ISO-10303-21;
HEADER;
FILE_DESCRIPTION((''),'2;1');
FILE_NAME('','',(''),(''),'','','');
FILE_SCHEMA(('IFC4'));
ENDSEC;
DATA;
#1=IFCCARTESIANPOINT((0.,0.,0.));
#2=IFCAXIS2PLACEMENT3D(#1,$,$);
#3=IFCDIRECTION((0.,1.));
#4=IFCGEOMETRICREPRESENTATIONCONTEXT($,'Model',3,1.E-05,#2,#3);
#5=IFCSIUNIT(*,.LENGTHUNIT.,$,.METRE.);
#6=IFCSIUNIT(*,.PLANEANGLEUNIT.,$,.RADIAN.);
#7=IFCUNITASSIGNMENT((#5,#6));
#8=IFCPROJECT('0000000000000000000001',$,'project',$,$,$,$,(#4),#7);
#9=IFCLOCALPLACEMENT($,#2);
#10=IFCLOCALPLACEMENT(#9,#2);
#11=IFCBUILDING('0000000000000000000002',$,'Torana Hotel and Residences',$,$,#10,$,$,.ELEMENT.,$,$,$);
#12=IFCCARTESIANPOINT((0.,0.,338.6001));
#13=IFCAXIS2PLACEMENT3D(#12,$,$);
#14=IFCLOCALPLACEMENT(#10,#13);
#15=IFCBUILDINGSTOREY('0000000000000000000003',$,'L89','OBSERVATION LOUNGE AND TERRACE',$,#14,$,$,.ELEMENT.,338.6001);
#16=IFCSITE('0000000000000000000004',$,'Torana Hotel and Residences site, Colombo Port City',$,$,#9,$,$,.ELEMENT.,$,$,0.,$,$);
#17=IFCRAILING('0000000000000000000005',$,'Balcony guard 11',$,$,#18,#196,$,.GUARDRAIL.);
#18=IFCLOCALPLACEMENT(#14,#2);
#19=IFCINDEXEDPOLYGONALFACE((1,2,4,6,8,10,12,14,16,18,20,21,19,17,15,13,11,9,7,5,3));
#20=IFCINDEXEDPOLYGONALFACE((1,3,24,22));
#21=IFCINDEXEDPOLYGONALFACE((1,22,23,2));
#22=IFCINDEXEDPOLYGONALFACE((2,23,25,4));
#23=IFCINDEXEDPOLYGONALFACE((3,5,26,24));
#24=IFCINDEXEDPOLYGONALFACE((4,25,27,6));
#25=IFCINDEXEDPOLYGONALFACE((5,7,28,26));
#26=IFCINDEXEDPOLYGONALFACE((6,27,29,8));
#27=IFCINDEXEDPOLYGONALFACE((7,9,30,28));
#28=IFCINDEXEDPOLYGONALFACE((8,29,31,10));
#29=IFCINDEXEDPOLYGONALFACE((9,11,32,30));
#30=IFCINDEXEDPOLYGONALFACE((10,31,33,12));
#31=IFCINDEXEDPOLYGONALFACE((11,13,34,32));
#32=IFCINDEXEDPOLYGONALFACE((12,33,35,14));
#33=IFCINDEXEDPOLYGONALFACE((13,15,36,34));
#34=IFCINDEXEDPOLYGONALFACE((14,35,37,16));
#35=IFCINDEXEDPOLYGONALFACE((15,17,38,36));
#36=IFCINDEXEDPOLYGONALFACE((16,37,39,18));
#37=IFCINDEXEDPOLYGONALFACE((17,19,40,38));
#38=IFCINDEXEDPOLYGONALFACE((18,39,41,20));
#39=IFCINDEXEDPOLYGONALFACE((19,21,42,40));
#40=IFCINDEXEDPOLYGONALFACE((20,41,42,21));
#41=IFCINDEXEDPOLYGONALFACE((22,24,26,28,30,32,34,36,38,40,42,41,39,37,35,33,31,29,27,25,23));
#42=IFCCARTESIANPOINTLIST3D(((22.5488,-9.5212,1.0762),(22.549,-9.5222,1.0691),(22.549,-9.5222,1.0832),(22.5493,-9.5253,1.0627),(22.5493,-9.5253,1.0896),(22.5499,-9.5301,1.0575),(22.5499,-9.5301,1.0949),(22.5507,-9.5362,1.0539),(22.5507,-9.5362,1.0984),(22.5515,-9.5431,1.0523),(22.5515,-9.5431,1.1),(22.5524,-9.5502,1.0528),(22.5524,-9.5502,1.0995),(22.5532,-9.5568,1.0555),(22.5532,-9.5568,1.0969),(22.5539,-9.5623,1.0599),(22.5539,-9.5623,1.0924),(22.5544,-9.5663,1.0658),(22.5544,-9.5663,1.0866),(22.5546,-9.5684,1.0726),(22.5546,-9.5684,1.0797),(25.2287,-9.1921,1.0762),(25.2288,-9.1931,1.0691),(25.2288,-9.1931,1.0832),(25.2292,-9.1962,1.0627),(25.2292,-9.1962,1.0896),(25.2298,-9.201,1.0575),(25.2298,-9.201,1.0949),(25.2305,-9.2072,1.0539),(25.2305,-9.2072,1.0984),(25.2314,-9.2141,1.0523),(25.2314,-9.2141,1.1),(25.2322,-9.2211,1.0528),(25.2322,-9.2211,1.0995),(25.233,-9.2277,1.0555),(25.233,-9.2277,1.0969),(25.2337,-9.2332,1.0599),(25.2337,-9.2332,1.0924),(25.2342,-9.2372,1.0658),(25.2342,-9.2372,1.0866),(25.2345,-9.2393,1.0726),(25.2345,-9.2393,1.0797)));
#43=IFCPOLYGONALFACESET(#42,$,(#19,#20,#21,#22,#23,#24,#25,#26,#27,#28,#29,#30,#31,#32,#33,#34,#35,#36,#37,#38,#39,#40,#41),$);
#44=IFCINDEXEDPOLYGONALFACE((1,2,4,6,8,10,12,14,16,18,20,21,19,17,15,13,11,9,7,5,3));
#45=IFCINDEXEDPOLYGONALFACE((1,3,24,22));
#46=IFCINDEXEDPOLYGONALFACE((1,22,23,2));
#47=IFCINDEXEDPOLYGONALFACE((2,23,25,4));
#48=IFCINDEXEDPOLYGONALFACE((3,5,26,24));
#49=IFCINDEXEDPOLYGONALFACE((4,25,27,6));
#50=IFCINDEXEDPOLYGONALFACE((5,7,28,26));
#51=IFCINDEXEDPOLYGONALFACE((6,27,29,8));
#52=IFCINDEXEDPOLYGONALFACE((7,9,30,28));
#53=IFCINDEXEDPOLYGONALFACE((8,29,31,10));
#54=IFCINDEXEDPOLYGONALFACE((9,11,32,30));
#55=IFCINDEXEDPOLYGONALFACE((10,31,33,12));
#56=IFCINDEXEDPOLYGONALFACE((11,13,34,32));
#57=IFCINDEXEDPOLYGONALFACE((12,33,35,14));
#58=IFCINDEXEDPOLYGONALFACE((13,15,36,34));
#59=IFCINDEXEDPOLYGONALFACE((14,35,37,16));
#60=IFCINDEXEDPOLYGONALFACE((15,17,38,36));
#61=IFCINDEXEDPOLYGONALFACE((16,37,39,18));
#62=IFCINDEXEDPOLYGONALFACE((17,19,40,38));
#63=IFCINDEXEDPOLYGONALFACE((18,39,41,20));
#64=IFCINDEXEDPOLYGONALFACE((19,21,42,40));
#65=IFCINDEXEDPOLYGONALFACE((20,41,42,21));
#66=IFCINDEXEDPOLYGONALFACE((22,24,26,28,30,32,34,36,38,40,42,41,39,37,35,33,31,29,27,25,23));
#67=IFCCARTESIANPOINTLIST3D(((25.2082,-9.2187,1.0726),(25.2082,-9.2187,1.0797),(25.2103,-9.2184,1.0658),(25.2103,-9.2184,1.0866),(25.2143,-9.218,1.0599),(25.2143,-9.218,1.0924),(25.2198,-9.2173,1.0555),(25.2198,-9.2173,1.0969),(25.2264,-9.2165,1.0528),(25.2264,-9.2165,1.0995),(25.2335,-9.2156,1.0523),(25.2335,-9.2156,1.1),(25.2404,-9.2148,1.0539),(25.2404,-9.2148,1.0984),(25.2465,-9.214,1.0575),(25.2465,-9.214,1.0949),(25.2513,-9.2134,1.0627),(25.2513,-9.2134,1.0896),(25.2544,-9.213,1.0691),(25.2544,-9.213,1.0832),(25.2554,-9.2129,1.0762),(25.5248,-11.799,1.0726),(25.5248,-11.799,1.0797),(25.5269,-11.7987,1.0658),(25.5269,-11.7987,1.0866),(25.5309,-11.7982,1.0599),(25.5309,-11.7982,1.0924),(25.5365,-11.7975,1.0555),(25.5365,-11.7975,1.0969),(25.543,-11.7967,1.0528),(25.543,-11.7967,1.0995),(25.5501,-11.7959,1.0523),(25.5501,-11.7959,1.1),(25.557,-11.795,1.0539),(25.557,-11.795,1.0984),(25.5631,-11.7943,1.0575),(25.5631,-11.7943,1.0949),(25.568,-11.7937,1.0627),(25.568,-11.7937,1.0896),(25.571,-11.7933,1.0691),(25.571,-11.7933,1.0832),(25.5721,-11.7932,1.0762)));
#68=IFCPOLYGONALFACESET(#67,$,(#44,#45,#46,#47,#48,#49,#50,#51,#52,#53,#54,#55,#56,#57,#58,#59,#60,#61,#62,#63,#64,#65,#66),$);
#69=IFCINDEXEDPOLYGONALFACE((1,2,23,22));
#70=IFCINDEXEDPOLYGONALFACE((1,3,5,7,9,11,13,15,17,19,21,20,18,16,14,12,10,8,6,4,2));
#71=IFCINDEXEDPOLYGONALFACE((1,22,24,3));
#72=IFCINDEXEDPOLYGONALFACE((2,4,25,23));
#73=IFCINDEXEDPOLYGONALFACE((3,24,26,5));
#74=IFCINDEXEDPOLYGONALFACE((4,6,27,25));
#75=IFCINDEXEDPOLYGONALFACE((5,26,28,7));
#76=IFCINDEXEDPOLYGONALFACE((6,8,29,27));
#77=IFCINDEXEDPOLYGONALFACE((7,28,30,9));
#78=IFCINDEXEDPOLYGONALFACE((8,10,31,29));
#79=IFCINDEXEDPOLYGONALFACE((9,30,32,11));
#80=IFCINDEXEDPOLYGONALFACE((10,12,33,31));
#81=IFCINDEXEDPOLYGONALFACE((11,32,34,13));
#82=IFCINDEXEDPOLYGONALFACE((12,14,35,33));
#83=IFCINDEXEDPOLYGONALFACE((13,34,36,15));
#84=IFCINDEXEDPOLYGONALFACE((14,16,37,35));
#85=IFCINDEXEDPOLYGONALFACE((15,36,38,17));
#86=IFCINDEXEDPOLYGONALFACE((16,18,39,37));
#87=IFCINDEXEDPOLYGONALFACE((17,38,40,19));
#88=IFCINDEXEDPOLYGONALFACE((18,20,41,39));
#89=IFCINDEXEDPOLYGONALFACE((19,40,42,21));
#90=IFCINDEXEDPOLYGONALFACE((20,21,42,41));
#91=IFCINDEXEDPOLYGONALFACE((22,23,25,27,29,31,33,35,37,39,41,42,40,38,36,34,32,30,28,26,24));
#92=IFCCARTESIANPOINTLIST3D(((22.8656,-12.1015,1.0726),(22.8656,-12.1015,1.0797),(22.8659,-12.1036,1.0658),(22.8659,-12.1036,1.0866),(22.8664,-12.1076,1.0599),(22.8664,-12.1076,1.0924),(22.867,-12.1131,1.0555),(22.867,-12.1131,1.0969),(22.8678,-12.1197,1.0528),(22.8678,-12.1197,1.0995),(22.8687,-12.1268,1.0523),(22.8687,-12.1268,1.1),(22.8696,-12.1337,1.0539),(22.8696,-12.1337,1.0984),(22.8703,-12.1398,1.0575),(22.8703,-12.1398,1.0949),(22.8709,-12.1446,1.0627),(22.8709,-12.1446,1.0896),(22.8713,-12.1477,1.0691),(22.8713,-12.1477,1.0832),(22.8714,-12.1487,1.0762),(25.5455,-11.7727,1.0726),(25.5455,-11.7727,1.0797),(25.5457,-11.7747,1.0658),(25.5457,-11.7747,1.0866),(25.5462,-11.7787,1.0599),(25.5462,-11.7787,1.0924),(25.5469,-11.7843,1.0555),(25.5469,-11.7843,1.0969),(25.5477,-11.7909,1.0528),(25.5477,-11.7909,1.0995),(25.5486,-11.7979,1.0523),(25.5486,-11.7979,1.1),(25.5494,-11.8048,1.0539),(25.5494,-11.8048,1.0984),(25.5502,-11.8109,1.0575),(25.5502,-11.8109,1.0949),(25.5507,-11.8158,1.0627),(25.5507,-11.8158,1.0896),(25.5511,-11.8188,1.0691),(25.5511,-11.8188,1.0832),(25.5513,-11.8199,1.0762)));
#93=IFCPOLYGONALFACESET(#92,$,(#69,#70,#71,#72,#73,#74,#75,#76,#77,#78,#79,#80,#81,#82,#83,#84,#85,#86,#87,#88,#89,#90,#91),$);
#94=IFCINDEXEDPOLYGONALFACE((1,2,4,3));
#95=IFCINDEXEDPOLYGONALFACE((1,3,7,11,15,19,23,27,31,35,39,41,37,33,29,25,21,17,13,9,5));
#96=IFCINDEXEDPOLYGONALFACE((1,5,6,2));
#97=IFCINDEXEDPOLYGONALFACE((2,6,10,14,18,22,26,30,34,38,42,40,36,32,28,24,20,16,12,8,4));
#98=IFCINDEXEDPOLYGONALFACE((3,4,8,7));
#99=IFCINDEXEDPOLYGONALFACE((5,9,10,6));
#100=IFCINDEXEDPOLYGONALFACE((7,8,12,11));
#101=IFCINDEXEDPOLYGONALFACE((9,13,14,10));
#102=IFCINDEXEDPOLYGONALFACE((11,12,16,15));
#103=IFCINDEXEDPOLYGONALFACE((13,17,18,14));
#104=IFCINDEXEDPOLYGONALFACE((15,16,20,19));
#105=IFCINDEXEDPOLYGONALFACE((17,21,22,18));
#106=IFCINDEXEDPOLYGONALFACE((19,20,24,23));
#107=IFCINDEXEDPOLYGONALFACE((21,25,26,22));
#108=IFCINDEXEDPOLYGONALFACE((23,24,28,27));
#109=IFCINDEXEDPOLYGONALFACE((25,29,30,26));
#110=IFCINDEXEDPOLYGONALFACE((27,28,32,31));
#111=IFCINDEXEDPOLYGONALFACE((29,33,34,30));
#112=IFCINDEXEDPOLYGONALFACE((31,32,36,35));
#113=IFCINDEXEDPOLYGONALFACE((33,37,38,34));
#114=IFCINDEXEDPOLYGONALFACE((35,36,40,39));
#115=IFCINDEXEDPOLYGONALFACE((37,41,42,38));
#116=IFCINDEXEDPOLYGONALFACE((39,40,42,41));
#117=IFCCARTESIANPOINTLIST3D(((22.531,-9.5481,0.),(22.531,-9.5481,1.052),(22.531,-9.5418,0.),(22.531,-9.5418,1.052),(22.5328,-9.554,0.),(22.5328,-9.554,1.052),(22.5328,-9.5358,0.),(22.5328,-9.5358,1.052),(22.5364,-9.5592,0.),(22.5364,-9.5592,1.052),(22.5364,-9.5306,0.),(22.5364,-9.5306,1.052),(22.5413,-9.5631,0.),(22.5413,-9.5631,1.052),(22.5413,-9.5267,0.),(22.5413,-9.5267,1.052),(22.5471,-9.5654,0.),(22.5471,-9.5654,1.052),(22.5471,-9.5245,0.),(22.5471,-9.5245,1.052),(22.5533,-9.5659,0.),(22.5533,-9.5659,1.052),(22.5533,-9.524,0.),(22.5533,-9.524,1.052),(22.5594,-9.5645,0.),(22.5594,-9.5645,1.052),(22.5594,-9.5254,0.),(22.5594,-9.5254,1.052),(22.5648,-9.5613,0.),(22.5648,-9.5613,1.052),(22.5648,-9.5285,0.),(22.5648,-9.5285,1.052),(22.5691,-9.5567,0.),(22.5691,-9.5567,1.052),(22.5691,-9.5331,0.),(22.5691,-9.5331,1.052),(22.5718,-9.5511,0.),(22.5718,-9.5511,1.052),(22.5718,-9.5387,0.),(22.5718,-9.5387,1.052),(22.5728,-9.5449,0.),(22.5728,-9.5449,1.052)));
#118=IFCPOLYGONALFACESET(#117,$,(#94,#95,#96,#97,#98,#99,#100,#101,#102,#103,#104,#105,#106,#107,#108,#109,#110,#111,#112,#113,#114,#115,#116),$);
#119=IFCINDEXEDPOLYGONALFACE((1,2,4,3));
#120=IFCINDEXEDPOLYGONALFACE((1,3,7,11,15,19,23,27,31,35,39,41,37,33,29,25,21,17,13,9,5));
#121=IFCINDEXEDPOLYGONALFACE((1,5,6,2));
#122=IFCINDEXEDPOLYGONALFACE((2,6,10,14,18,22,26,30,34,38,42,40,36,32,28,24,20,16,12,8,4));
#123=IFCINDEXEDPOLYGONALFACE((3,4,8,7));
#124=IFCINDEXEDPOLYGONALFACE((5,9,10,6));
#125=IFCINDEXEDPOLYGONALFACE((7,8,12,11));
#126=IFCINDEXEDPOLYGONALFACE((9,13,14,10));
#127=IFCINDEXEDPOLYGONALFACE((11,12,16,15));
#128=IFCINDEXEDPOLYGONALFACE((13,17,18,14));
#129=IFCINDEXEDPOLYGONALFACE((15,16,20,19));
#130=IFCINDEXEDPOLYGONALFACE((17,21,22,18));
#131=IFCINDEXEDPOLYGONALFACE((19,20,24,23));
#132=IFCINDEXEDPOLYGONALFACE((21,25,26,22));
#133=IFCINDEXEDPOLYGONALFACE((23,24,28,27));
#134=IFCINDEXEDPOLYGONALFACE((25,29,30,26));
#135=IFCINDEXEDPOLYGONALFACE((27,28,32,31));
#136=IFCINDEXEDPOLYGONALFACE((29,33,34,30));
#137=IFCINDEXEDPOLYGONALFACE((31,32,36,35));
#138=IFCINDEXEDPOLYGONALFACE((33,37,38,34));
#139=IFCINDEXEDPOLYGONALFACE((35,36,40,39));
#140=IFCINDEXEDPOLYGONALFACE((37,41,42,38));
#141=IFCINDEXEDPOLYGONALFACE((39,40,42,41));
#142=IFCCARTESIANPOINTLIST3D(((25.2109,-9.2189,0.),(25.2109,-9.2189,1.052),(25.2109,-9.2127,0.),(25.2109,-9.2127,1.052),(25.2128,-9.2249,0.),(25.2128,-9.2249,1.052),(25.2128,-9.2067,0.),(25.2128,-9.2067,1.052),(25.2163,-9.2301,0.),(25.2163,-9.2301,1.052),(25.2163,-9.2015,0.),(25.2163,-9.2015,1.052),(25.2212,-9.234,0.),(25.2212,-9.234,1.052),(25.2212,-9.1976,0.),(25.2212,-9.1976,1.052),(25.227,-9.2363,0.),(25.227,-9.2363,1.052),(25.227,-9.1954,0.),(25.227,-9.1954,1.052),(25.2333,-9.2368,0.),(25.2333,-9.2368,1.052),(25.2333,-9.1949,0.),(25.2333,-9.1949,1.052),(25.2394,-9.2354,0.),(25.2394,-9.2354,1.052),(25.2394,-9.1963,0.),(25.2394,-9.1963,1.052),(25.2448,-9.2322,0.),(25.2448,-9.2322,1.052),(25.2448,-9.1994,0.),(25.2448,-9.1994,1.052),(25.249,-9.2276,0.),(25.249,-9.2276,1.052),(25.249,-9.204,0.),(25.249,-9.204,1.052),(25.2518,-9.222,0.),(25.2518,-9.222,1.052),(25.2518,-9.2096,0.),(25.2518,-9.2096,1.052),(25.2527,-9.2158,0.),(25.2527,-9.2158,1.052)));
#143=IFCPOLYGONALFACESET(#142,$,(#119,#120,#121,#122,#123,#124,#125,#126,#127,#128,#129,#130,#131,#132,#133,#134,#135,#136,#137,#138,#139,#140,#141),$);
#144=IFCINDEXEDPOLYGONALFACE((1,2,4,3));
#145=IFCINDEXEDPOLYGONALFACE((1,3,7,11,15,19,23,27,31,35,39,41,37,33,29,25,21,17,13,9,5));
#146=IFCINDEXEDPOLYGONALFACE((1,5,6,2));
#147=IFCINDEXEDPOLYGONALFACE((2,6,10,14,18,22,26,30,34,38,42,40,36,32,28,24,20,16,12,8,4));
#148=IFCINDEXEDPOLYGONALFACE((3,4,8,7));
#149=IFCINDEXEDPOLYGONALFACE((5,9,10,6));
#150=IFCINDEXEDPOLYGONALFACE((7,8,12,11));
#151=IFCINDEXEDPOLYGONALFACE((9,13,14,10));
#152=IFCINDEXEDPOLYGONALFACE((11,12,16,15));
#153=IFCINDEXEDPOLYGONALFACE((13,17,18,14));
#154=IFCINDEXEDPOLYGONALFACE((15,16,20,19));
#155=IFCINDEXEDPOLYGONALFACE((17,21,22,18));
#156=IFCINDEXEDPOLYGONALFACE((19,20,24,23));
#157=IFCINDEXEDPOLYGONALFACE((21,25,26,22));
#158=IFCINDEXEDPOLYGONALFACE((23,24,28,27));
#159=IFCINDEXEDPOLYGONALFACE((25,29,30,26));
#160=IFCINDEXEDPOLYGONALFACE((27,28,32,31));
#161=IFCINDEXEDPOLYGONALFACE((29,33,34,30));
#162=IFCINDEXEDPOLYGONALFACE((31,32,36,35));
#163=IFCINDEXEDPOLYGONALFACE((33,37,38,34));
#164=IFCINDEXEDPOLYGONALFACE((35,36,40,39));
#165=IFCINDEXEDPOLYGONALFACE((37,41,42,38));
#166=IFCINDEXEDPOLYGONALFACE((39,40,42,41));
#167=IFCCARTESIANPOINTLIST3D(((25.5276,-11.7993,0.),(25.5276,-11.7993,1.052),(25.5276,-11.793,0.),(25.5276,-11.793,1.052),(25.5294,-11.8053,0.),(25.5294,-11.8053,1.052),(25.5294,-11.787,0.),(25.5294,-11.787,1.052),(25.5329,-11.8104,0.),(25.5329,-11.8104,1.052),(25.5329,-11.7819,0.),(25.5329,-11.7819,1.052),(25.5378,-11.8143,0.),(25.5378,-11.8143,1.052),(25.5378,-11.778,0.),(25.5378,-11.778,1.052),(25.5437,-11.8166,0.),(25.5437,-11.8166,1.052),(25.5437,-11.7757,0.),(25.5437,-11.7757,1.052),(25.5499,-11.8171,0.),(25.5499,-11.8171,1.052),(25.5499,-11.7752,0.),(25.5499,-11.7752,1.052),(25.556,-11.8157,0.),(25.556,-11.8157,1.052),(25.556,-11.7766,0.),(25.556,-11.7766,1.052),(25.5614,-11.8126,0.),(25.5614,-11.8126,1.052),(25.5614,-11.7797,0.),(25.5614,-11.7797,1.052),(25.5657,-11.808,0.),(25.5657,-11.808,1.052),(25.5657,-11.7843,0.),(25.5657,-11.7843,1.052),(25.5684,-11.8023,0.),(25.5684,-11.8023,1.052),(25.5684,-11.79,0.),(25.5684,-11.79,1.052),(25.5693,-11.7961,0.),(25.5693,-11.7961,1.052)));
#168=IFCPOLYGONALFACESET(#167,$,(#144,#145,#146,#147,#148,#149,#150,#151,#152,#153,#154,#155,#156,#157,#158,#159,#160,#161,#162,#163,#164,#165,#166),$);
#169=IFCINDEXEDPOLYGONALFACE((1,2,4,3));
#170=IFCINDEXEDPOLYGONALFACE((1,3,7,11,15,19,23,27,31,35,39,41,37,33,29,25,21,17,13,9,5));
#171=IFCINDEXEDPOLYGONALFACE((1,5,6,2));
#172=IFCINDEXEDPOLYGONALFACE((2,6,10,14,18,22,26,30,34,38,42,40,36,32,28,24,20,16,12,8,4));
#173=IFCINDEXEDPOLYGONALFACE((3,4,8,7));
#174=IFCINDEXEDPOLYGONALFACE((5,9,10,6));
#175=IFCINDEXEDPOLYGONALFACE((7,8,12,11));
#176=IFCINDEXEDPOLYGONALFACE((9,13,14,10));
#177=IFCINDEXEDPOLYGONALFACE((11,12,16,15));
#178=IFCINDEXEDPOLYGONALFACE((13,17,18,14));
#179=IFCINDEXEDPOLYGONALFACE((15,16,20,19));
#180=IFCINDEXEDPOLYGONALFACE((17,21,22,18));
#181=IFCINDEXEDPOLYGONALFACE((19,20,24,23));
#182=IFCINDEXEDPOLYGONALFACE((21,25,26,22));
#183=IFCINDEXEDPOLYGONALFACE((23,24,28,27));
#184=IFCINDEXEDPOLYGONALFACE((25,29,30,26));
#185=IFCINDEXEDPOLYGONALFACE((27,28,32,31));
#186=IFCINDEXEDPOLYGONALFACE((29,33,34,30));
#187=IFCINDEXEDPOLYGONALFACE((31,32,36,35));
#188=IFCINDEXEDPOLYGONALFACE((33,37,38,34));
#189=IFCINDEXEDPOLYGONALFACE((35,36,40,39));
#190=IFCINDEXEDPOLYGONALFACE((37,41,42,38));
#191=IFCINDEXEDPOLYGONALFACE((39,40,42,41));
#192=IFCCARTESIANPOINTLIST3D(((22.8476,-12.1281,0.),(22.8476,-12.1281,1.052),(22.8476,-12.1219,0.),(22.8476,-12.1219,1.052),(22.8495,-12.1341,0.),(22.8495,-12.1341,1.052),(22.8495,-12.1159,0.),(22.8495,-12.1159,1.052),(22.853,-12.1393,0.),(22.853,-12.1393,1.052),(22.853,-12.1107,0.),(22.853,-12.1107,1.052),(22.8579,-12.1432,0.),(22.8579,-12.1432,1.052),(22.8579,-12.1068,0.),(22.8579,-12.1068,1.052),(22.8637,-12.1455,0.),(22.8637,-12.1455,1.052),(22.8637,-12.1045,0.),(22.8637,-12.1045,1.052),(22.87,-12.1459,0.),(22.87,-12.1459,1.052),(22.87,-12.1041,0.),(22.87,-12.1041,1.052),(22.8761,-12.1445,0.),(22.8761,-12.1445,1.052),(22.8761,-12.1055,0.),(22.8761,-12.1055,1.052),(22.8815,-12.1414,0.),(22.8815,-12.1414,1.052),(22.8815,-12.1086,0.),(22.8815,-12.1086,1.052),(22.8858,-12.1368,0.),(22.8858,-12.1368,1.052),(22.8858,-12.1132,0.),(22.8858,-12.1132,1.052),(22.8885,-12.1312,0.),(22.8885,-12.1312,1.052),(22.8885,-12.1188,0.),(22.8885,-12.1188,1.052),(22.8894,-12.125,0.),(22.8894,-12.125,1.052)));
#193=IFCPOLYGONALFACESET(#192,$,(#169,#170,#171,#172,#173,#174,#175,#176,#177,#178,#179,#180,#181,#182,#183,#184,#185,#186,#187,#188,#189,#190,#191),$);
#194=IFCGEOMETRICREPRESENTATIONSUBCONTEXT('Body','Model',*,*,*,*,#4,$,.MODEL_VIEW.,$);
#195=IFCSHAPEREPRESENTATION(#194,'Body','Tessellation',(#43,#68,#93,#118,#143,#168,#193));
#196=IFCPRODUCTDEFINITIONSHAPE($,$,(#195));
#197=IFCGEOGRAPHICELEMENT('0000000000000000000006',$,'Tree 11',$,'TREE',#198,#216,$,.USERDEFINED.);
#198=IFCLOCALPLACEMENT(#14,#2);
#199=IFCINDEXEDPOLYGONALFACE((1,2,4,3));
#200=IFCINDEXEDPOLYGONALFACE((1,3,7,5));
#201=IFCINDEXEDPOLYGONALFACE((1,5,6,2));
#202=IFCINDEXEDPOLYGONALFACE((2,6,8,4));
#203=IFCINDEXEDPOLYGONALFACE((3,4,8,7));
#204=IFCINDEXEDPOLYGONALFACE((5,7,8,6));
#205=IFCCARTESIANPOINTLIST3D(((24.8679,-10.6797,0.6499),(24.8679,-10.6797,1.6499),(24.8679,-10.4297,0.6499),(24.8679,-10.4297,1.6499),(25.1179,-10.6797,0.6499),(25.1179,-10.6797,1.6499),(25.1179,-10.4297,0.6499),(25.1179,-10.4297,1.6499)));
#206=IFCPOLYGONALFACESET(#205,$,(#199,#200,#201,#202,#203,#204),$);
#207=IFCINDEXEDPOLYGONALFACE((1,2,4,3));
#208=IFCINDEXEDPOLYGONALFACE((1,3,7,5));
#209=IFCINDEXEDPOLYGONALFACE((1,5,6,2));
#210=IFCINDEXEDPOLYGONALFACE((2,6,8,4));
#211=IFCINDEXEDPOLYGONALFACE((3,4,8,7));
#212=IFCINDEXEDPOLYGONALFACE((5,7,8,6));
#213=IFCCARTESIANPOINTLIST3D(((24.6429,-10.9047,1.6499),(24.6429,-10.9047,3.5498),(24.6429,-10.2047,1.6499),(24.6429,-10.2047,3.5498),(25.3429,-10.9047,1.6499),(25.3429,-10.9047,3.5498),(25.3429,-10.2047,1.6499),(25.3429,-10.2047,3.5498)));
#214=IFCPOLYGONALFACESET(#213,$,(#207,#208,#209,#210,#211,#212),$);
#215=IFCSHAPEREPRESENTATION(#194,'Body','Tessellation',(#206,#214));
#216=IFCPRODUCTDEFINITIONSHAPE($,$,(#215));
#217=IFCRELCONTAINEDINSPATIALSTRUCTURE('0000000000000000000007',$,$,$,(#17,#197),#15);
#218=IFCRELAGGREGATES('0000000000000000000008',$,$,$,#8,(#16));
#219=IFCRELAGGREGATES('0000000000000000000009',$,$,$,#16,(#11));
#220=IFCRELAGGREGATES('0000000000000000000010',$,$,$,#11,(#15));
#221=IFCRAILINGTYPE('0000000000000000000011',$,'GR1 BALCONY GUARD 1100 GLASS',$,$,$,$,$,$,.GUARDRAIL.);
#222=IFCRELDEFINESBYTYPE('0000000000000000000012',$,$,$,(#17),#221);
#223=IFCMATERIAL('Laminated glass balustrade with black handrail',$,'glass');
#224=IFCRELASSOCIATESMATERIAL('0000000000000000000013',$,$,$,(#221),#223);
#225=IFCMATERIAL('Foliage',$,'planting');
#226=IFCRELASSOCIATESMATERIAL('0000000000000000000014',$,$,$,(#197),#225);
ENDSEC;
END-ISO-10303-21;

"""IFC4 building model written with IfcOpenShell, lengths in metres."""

from ifc_helpers import new_model, si_unit, direction, frame, origin, origin_2d, place, context, subcontext, project, spatial, rectangle, circle, extrude, material, type_object, element, save


model = new_model("IFC4")

# Units and contexts
model_context = context("Model", 3, precision=1e-05, world=origin(), true_north=direction((0.0, 1.0)))
body_context = subcontext(model_context, "Body", "Model", "MODEL_VIEW")
ifc_project = project(units=[si_unit("LENGTHUNIT", "METRE"), si_unit("PLANEANGLEUNIT", "RADIAN")], contexts=[model_context])

# Site, building, storey
site_placement = place(None, origin())
site = spatial("IfcSite", under=ifc_project, at=site_placement, Name="Torana Hotel and Residences site, Colombo Port City", CompositionType="ELEMENT", RefElevation=0.0)
building_placement = place(site_placement, origin())
building = spatial("IfcBuilding", under=site, at=building_placement, Name="Torana Hotel and Residences", CompositionType="ELEMENT")
storey_placement = place(building_placement, frame((0.0, 0.0, 338.6001)))
storey = spatial("IfcBuildingStorey", under=building, at=storey_placement, Name="L89", Description="OBSERVATION LOUNGE AND TERRACE", CompositionType="ELEMENT", Elevation=338.6001)

# Railing
ifc_material_1 = material(Name="Laminated glass balustrade with black handrail", Category="glass")
railing_type = type_object("IfcRailingType", Name="GR1 BALCONY GUARD 1100 GLASS", PredefinedType="GUARDRAIL", material=ifc_material_1)
railing_1_placement = place(storey_placement, frame((22.5518, -9.5449, 0.0)))
element("IfcRailing", 1, at=railing_1_placement, inside=storey, type_object=railing_type, Name="Balcony guard 11", PredefinedType="GUARDRAIL", context=body_context, shape_type="SweptSolid", body=[
    extrude(circle(Radius=0.0239, at=origin_2d()), frame((0.0, 0.0, 1.0762), z_axis=(0.992544, 0.121887, 0.0), x_axis=(-0.121887, 0.992544, 0.0)), (0.0, 0.0, 1.0), 2.7),
    extrude(circle(Radius=0.0239, at=origin_2d()), frame((2.6799, 0.3291, 1.0762), z_axis=(0.121804, -0.992554, 0.0), x_axis=(0.992554, 0.121804, 0.0)), (0.0, 0.0, 1.0), 2.5996),
    extrude(circle(Radius=0.0239, at=origin_2d()), frame((2.9966, -2.2512, 1.0762), z_axis=(-0.992555, -0.121798, 0.0), x_axis=(0.121798, -0.992555, 0.0)), (0.0, 0.0, 1.0), 2.7),
    extrude(circle(Radius=0.021, at=origin_2d()), origin(), (0.0, 0.0, 1.0), 1.052),
    extrude(circle(Radius=0.021, at=origin_2d()), frame((2.6799, 0.3291, 0.0)), (0.0, 0.0, 1.0), 1.052),
    extrude(circle(Radius=0.021, at=origin_2d()), frame((2.9966, -2.2512, 0.0)), (0.0, 0.0, 1.0), 1.052),
    extrude(circle(Radius=0.021, at=origin_2d()), frame((0.3167, -2.5801, 0.0)), (0.0, 0.0, 1.0), 1.052),
])

# Geographic element
ifc_material_2 = material(Name="Foliage", Category="planting")
geographic_element_placement = place(storey_placement, frame((24.9929, -10.5547, 0.6499), z_axis=(0.0, 0.0, 1.0), x_axis=(1.0, 0.0, 0.0)))
element("IfcGeographicElement", 2, at=geographic_element_placement, inside=storey, material=ifc_material_2, Name="Tree 11", ObjectType="TREE", PredefinedType="USERDEFINED", context=body_context, shape_type="SweptSolid", body=[
    extrude(rectangle(XDim=0.25, YDim=0.25, at=origin_2d()), origin(), (0.0, 0.0, 1.0), 1.0),
    extrude(rectangle(XDim=0.7, YDim=0.7, at=origin_2d()), frame((0.0, 0.0, 1.0)), (0.0, 0.0, 1.0), 1.8999),
])

save(model, "model.ifc")
